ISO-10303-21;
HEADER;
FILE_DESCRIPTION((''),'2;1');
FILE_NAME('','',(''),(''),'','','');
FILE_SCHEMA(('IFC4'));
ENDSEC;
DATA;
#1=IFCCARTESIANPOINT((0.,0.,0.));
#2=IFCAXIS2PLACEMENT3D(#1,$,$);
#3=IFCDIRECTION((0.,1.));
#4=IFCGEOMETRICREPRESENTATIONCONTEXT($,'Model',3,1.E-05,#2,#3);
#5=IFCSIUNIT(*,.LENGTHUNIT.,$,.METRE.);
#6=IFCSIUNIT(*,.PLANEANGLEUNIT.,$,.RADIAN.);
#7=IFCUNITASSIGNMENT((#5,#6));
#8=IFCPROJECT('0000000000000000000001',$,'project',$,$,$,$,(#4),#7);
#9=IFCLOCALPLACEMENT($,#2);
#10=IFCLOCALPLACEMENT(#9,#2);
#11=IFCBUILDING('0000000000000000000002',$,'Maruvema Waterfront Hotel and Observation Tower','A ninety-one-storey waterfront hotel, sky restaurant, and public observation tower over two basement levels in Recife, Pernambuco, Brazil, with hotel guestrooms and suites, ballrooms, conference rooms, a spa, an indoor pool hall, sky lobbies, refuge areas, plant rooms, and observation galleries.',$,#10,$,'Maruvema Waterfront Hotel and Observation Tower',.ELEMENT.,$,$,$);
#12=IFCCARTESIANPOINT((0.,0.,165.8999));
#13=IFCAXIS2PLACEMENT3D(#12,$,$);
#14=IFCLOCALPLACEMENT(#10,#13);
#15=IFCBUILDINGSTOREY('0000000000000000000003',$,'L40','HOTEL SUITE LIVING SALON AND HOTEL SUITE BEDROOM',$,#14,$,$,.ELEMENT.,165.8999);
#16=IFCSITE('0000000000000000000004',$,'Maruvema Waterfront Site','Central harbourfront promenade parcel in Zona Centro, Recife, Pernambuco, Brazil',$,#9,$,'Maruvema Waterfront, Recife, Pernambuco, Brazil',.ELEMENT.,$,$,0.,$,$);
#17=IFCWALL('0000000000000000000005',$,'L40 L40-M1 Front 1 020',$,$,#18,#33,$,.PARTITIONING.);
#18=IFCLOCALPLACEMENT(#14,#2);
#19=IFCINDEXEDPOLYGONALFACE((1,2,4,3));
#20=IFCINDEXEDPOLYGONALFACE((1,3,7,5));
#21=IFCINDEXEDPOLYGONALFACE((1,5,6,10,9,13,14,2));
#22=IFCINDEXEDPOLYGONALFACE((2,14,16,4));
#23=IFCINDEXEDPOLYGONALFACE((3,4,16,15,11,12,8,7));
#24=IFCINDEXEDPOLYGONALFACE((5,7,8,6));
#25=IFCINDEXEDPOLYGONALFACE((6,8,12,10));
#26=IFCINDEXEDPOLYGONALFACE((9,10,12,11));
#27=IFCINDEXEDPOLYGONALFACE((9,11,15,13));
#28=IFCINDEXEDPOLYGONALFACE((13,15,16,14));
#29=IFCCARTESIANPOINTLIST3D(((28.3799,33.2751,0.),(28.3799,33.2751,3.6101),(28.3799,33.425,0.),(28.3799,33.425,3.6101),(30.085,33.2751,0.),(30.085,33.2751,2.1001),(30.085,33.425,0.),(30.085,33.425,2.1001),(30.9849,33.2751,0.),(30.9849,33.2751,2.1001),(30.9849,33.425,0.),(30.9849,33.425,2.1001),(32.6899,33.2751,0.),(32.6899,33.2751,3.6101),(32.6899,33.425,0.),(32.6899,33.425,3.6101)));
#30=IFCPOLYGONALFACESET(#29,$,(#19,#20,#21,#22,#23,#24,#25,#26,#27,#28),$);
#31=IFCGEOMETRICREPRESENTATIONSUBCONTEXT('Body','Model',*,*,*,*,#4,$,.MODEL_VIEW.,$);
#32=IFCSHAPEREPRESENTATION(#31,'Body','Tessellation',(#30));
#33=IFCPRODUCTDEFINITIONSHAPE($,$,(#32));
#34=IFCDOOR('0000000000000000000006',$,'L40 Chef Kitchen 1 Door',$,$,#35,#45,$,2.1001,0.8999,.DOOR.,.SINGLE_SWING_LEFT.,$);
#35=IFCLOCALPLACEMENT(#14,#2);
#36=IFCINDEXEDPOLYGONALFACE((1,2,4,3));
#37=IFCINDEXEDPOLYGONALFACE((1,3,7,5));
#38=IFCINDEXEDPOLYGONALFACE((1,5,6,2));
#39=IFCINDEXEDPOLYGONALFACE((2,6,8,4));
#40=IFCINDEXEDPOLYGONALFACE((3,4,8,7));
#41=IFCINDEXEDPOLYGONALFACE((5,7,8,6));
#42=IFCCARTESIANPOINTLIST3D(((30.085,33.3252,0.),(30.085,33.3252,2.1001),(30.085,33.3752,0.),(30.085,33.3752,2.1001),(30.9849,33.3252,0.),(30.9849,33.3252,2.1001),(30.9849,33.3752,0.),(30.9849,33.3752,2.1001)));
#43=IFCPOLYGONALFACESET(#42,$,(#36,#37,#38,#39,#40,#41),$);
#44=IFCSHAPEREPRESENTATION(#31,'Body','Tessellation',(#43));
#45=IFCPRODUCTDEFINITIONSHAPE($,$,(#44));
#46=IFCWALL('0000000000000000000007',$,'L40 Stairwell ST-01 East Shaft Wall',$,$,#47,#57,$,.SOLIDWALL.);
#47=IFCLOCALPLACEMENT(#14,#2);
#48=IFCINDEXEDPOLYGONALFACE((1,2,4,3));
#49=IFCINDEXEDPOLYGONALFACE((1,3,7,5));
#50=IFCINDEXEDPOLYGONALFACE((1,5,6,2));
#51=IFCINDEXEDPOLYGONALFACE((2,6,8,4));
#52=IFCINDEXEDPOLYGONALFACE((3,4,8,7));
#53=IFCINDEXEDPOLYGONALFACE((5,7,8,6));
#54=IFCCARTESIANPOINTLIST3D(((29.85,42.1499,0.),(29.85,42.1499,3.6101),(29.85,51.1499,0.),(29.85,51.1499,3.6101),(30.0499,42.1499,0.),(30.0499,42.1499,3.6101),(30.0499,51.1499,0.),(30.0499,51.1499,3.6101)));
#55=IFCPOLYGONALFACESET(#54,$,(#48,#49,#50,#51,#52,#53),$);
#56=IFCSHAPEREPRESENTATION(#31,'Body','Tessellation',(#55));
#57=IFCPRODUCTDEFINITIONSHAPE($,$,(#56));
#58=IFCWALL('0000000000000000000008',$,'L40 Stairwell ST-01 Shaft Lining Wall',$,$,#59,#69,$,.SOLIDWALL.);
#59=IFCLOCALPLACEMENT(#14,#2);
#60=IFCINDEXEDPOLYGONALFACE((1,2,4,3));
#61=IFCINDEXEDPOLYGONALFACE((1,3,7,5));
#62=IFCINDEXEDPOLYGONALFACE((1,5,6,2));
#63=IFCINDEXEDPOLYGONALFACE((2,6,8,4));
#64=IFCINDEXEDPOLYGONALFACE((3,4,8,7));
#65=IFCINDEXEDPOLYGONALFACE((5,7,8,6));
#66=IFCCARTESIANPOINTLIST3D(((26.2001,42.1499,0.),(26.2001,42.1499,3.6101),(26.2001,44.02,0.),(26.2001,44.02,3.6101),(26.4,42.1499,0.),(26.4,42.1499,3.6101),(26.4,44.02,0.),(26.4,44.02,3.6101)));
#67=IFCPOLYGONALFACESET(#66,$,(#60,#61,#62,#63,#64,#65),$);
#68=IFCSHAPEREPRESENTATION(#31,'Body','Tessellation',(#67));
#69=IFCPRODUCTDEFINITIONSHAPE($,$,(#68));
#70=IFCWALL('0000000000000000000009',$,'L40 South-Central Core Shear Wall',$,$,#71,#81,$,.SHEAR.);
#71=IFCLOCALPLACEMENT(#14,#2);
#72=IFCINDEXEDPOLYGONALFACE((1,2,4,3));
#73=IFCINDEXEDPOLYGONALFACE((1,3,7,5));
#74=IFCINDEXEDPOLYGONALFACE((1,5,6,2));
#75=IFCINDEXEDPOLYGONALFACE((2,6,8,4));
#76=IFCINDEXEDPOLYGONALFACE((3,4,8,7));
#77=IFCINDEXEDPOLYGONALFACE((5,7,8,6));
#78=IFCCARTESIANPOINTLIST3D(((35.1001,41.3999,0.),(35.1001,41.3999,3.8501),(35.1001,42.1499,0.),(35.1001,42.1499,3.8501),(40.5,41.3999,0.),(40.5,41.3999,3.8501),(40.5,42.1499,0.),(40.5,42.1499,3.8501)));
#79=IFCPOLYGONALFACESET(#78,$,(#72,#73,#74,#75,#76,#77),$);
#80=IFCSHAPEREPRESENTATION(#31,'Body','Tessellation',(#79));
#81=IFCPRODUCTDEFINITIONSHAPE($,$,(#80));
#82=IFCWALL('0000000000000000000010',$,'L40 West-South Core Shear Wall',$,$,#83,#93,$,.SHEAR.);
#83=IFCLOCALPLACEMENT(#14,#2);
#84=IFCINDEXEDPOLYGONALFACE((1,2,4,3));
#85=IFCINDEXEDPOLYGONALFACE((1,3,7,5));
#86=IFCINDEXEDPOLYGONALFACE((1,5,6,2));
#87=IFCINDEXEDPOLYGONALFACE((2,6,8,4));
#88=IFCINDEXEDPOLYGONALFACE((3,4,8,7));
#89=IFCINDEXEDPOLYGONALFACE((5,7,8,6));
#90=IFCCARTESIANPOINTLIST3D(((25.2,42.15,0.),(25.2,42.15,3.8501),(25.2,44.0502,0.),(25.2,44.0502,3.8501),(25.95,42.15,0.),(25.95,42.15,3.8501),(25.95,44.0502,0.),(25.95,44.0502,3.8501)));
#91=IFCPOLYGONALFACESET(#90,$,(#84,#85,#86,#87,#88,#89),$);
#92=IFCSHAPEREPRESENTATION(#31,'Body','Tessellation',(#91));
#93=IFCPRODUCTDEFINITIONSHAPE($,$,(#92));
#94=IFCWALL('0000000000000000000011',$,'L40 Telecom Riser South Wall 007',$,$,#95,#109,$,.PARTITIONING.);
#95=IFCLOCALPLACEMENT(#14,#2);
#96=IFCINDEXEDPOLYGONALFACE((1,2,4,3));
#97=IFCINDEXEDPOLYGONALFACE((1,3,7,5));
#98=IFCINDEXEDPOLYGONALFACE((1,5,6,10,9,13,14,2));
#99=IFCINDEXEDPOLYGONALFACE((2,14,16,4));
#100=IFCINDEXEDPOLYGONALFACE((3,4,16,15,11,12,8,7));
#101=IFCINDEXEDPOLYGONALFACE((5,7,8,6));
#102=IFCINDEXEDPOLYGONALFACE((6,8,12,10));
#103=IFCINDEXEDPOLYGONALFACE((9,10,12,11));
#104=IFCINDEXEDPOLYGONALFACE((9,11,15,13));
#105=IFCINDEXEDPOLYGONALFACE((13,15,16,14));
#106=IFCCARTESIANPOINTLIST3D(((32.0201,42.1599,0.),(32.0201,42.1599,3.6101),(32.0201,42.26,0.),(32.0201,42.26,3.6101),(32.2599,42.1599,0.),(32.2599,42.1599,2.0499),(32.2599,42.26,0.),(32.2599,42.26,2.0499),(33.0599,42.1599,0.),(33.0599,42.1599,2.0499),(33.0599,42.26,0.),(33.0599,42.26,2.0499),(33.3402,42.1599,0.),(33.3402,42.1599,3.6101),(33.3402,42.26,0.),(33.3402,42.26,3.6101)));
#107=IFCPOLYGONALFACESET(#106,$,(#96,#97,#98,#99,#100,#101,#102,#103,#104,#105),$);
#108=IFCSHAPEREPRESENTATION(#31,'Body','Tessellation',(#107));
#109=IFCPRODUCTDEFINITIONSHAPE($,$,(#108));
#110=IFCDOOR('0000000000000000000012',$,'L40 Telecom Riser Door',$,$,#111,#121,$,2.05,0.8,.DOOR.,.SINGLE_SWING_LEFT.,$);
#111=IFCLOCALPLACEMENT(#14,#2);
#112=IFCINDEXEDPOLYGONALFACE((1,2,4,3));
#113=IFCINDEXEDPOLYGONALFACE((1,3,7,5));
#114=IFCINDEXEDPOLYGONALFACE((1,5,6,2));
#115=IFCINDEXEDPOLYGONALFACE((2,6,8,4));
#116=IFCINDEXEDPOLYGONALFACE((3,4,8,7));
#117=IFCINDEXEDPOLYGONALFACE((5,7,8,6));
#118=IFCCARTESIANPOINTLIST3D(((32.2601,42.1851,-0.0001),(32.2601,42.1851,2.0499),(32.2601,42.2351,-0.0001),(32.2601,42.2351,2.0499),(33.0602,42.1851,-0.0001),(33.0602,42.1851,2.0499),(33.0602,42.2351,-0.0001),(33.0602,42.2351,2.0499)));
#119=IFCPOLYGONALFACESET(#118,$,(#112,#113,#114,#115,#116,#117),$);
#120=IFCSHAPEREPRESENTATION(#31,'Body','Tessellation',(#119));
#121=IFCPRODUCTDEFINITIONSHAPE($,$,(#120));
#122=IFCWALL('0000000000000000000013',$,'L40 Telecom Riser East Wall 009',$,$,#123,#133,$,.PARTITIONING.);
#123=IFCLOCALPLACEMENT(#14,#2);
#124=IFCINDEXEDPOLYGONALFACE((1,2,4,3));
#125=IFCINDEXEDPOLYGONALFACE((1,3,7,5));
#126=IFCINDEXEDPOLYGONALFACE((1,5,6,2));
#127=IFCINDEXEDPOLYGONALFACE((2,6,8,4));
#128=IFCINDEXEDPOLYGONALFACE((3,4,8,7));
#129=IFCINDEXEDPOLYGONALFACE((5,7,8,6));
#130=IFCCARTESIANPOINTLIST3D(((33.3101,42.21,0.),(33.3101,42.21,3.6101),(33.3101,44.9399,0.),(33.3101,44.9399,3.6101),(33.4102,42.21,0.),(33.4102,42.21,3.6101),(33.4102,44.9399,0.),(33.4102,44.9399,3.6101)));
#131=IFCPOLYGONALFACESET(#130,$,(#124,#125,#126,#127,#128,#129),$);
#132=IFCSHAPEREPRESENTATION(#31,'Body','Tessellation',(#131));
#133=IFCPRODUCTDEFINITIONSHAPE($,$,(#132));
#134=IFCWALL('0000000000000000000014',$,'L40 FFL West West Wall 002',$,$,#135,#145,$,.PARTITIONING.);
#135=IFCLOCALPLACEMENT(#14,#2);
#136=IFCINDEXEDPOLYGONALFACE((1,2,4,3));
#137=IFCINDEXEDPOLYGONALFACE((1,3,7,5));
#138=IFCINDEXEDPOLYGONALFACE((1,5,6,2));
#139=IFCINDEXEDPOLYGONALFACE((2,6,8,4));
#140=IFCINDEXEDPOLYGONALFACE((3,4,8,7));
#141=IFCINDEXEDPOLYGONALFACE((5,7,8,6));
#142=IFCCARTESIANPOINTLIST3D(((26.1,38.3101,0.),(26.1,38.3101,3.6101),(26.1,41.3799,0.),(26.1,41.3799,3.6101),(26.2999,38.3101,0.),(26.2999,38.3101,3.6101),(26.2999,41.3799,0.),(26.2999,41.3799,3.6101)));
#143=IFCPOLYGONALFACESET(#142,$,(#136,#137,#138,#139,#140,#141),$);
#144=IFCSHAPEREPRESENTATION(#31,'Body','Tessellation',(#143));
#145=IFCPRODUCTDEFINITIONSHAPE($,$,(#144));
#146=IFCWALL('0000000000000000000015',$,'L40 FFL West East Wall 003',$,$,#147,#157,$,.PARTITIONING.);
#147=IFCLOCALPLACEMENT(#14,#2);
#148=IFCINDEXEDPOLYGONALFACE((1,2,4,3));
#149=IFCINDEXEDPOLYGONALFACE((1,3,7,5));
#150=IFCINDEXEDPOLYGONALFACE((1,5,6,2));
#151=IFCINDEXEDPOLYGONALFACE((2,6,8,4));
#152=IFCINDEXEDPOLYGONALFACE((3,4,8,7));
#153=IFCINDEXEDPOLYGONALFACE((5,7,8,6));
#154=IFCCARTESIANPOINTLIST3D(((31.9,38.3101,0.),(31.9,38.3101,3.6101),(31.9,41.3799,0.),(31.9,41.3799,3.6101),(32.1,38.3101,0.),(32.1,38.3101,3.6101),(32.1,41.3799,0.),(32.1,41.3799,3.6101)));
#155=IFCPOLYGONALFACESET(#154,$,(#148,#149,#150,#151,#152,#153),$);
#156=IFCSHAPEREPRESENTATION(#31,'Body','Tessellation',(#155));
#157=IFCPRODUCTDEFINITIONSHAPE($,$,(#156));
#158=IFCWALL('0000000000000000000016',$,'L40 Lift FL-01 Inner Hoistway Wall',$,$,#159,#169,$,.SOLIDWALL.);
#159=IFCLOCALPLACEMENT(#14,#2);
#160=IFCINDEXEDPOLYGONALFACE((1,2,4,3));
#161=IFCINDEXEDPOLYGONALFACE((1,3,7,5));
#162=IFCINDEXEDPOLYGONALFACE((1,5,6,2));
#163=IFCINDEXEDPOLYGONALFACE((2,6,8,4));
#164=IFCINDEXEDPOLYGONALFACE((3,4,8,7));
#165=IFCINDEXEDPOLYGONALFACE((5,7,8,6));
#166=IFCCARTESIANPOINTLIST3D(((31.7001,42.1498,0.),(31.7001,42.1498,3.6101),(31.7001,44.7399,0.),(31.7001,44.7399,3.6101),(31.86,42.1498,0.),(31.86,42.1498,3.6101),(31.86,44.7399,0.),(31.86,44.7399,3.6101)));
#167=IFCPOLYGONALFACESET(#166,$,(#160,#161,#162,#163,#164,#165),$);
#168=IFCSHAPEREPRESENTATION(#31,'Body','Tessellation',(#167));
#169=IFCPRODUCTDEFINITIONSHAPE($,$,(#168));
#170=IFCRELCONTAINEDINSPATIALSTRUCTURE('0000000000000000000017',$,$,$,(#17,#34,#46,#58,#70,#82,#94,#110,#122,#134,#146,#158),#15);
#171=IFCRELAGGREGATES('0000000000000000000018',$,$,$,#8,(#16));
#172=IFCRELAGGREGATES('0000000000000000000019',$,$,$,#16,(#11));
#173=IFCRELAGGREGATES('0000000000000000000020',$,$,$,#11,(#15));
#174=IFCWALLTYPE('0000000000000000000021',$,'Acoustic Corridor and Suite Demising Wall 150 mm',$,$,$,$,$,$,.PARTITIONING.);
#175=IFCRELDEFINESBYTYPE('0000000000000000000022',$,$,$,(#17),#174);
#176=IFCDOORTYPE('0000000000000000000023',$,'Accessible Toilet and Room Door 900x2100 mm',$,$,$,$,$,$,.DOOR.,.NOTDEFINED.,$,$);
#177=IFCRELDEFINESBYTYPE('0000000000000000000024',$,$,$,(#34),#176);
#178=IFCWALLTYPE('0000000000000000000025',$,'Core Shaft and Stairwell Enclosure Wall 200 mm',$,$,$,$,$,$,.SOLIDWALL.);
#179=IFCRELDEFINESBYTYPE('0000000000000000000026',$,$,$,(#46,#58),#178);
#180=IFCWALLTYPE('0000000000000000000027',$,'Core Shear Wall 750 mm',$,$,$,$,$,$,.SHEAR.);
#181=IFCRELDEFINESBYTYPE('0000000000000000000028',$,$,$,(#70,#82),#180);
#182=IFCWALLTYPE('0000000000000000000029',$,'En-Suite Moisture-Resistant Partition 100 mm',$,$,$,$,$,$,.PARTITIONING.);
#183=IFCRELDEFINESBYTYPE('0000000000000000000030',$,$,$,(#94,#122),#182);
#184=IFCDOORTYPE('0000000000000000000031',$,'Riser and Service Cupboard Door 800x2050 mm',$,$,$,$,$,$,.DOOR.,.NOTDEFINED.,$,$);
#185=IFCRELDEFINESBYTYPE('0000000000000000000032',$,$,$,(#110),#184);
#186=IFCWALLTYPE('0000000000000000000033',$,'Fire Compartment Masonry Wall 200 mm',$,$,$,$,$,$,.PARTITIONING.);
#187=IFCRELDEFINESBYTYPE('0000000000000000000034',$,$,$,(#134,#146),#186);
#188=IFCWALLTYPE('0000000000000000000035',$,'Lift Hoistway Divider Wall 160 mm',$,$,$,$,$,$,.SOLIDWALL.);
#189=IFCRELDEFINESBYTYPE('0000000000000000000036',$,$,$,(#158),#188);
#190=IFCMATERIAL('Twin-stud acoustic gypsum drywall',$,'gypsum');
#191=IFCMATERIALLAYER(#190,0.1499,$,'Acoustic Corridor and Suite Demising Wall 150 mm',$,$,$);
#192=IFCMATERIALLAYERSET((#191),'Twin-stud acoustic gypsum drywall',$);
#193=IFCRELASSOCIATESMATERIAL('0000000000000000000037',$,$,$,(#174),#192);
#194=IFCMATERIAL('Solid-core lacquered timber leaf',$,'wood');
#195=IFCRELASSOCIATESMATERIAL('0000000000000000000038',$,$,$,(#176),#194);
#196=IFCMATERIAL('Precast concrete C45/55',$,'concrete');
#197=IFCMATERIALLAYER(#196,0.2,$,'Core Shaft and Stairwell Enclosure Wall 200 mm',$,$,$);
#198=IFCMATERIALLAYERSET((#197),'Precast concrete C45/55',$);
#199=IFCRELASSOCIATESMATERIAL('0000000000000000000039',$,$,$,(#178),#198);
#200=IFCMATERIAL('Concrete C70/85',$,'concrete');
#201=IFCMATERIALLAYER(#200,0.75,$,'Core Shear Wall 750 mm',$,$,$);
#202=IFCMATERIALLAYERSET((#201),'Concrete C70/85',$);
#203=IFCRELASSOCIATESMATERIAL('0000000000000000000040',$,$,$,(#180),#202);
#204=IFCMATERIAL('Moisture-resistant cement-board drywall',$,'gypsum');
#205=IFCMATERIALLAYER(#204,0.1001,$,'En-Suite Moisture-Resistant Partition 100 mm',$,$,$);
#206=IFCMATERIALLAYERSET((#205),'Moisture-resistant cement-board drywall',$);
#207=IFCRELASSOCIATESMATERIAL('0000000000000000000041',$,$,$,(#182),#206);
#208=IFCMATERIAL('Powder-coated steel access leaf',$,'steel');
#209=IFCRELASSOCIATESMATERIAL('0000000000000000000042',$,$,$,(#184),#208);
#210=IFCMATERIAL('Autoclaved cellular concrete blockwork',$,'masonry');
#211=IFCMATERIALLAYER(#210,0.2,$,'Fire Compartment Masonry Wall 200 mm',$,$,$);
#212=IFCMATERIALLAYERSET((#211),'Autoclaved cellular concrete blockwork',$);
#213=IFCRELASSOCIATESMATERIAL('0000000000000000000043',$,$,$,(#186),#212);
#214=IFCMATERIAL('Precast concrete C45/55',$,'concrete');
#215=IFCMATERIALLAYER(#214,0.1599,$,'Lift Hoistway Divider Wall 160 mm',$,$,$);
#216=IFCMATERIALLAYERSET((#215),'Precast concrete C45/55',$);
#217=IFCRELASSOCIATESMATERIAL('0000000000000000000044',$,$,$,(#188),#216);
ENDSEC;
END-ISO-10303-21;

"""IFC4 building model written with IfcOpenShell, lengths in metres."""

from ifc_helpers import new_model, si_unit, direction, frame, frame_2d, origin, place, context, subcontext, project, spatial, rectangle, extrude, material, layer, layer_set, type_object, element, fill, save


model = new_model("IFC4")

# Units and contexts
model_context = context("Model", 3, precision=1e-05, world=origin(), true_north=direction((0.0, 1.0)))
body_context = subcontext(model_context, "Body", "Model", "MODEL_VIEW")
ifc_project = project(units=[si_unit("LENGTHUNIT", "METRE"), si_unit("PLANEANGLEUNIT", "RADIAN")], contexts=[model_context])

# Site, building, storey
site_placement = place(None, origin())
site = spatial("IfcSite", under=ifc_project, at=site_placement, Name="Maruvema Waterfront Site", Description="Central harbourfront promenade parcel in Zona Centro, Recife, Pernambuco, Brazil", LongName="Maruvema Waterfront, Recife, Pernambuco, Brazil", CompositionType="ELEMENT", RefElevation=0.0)
building_placement = place(site_placement, origin())
building = spatial("IfcBuilding", under=site, at=building_placement, Name="Maruvema Waterfront Hotel and Observation Tower", Description="A ninety-one-storey waterfront hotel, sky restaurant, and public observation tower over two basement levels in Recife, Pernambuco, Brazil, with hotel guestrooms and suites, ballrooms, conference rooms, a spa, an indoor pool hall, sky lobbies, refuge areas, plant rooms, and observation galleries.", LongName="Maruvema Waterfront Hotel and Observation Tower", CompositionType="ELEMENT")
storey_placement = place(building_placement, frame((0.0, 0.0, 165.8999)))
storey = spatial("IfcBuildingStorey", under=building, at=storey_placement, Name="L40", Description="HOTEL SUITE LIVING SALON AND HOTEL SUITE BEDROOM", CompositionType="ELEMENT", Elevation=165.8999)

# Shared definitions
ifc_material_1 = material(Name="Twin-stud acoustic gypsum drywall", Category="gypsum")
ifc_layer_1 = layer(ifc_material_1, 0.1499, Name="Acoustic Corridor and Suite Demising Wall 150 mm")
ifc_layer_set_1 = layer_set([ifc_layer_1], Name="Twin-stud acoustic gypsum drywall")
wall_type_1 = type_object("IfcWallType", Name="Acoustic Corridor and Suite Demising Wall 150 mm", PredefinedType="PARTITIONING", material=ifc_layer_set_1)

# Wall, opening, door
wall_1_placement = place(storey_placement, frame((28.3799, 33.3501, 0.0), z_axis=(0.0, 0.0, 1.0), x_axis=(1.0, 0.0, 0.0)))
wall_1 = element("IfcWall", 1, at=wall_1_placement, inside=storey, type_object=wall_type_1, Name="L40 L40-M1 Front 1 020", PredefinedType="PARTITIONING", context=body_context, shape_type="SweptSolid", body=[
    extrude(rectangle(XDim=4.3101, YDim=0.1499, at=frame_2d((2.155, 0.0))), origin(), (0.0, 0.0, 1.0), 3.6101),
])
opening_1_placement = place(wall_1_placement, frame((1.7051, 0.0, 0.0)))
opening_1 = element("IfcOpeningElement", 2, at=opening_1_placement, cuts=wall_1, PredefinedType="OPENING", context=body_context, shape_type="SweptSolid", body=[
    extrude(rectangle(XDim=0.8999, YDim=2.1001, at=frame_2d((0.45, 1.05))), frame((0.0, 0.085, 0.0), z_axis=(0.0, -1.0, 0.0), x_axis=(1.0, 0.0, 0.0)), (0.0, 0.0, 1.0), 0.1699),
])
ifc_material_2 = material(Name="Solid-core lacquered timber leaf", Category="wood")
door_type_1 = type_object("IfcDoorType", Name="Accessible Toilet and Room Door 900x2100 mm", OperationType="NOTDEFINED", PredefinedType="DOOR", material=ifc_material_2)
door_1_placement = place(opening_1_placement, frame((0.8999, 0.0, 0.0), z_axis=(0.0, 0.0, 1.0), x_axis=(-1.0, 0.0, 0.0)))
door_1 = element("IfcDoor", 3, at=door_1_placement, inside=storey, type_object=door_type_1, Name="L40 Chef Kitchen 1 Door", OperationType="SINGLE_SWING_LEFT", OverallHeight=2.1001, OverallWidth=0.8999, PredefinedType="DOOR", context=body_context, shape_type="SweptSolid", body=[
    extrude(rectangle(XDim=0.8999, YDim=2.1001, at=frame_2d((0.45, 1.05))), frame((0.0, 0.0249, 0.0), z_axis=(0.0, -1.0, 0.0), x_axis=(1.0, 0.0, 0.0)), (0.0, 0.0, 1.0), 0.05),
])
fill(opening_1, door_1)

# Walls
ifc_material_3 = material(Name="Precast concrete C45/55", Category="concrete")
ifc_layer_2 = layer(ifc_material_3, 0.2, Name="Core Shaft and Stairwell Enclosure Wall 200 mm")
ifc_layer_set_2 = layer_set([ifc_layer_2], Name="Precast concrete C45/55")
wall_type_2 = type_object("IfcWallType", Name="Core Shaft and Stairwell Enclosure Wall 200 mm", PredefinedType="SOLIDWALL", material=ifc_layer_set_2)
wall_2_placement = place(storey_placement, frame((29.95, 42.1499, 0.0), z_axis=(0.0, 0.0, 1.0), x_axis=(0.0, 1.0, 0.0)))
element("IfcWall", 4, at=wall_2_placement, inside=storey, type_object=wall_type_2, Name="L40 Stairwell ST-01 East Shaft Wall", PredefinedType="SOLIDWALL", context=body_context, shape_type="SweptSolid", body=[
    extrude(rectangle(XDim=9.0, YDim=0.2, at=frame_2d((4.5, 0.0))), origin(), (0.0, 0.0, 1.0), 3.6101),
])
wall_3_placement = place(storey_placement, frame((26.3, 42.1499, 0.0), z_axis=(0.0, 0.0, 1.0), x_axis=(0.0, 1.0, 0.0)))
element("IfcWall", 5, at=wall_3_placement, inside=storey, type_object=wall_type_2, Name="L40 Stairwell ST-01 Shaft Lining Wall", PredefinedType="SOLIDWALL", context=body_context, shape_type="SweptSolid", body=[
    extrude(rectangle(XDim=1.8701, YDim=0.2, at=frame_2d((0.9351, 0.0))), origin(), (0.0, 0.0, 1.0), 3.6101),
])
ifc_material_4 = material(Name="Concrete C70/85", Category="concrete")
ifc_layer_3 = layer(ifc_material_4, 0.75, Name="Core Shear Wall 750 mm")
ifc_layer_set_3 = layer_set([ifc_layer_3], Name="Concrete C70/85")
wall_type_3 = type_object("IfcWallType", Name="Core Shear Wall 750 mm", PredefinedType="SHEAR", material=ifc_layer_set_3)
wall_4_placement = place(storey_placement, frame((35.1001, 41.7749, 0.0), z_axis=(0.0, 0.0, 1.0), x_axis=(1.0, 0.0, 0.0)))
element("IfcWall", 6, at=wall_4_placement, inside=storey, type_object=wall_type_3, Name="L40 South-Central Core Shear Wall", PredefinedType="SHEAR", context=body_context, shape_type="SweptSolid", body=[
    extrude(rectangle(XDim=5.3999, YDim=0.75, at=frame_2d((2.7, 0.0))), origin(), (0.0, 0.0, 1.0), 3.8501),
])
wall_5_placement = place(storey_placement, frame((25.575, 42.1499, 0.0), z_axis=(0.0, 0.0, 1.0), x_axis=(0.0, 1.0, 0.0)))
element("IfcWall", 7, at=wall_5_placement, inside=storey, type_object=wall_type_3, Name="L40 West-South Core Shear Wall", PredefinedType="SHEAR", context=body_context, shape_type="SweptSolid", body=[
    extrude(rectangle(XDim=1.9001, YDim=0.75, at=frame_2d((0.9502, 0.0))), origin(), (0.0, 0.0, 1.0), 3.8501),
])

# Wall, opening, door
ifc_material_5 = material(Name="Moisture-resistant cement-board drywall", Category="gypsum")
ifc_layer_4 = layer(ifc_material_5, 0.1001, Name="En-Suite Moisture-Resistant Partition 100 mm")
ifc_layer_set_4 = layer_set([ifc_layer_4], Name="Moisture-resistant cement-board drywall")
wall_type_4 = type_object("IfcWallType", Name="En-Suite Moisture-Resistant Partition 100 mm", PredefinedType="PARTITIONING", material=ifc_layer_set_4)
wall_6_placement = place(storey_placement, frame((32.02, 42.21, 0.0), z_axis=(0.0, 0.0, 1.0), x_axis=(1.0, 0.0, 0.0)))
wall_6 = element("IfcWall", 8, at=wall_6_placement, inside=storey, type_object=wall_type_4, Name="L40 Telecom Riser South Wall 007", PredefinedType="PARTITIONING", context=body_context, shape_type="SweptSolid", body=[
    extrude(rectangle(XDim=1.3201, YDim=0.1001, at=frame_2d((0.6602, 0.0))), origin(), (0.0, 0.0, 1.0), 3.6101),
])
opening_2_placement = place(wall_6_placement, frame((0.24, 0.0, 0.0)))
opening_2 = element("IfcOpeningElement", 9, at=opening_2_placement, cuts=wall_6, PredefinedType="OPENING", context=body_context, shape_type="SweptSolid", body=[
    extrude(rectangle(XDim=0.8, YDim=2.05, at=frame_2d((0.3999, 1.0249))), frame((0.0, 0.0601, 0.0), z_axis=(0.0, -1.0, 0.0), x_axis=(1.0, 0.0, 0.0)), (0.0, 0.0, 1.0), 0.1201),
])
ifc_material_6 = material(Name="Powder-coated steel access leaf", Category="steel")
door_type_2 = type_object("IfcDoorType", Name="Riser and Service Cupboard Door 800x2050 mm", OperationType="NOTDEFINED", PredefinedType="DOOR", material=ifc_material_6)
door_2_placement = place(opening_2_placement, frame((0.8, 0.0, 0.0), z_axis=(0.0, 0.0, 1.0), x_axis=(-1.0, 0.0, 0.0)))
door_2 = element("IfcDoor", 10, at=door_2_placement, inside=storey, type_object=door_type_2, Name="L40 Telecom Riser Door", OperationType="SINGLE_SWING_LEFT", OverallHeight=2.05, OverallWidth=0.8, PredefinedType="DOOR", context=body_context, shape_type="SweptSolid", body=[
    extrude(rectangle(XDim=0.8, YDim=2.05, at=frame_2d((0.3999, 1.0249))), frame((0.0, 0.0249, 0.0), z_axis=(0.0, -1.0, 0.0), x_axis=(1.0, 0.0, 0.0)), (0.0, 0.0, 1.0), 0.05),
])
fill(opening_2, door_2)

# Wall
wall_7_placement = place(storey_placement, frame((33.3601, 42.21, 0.0), z_axis=(0.0, 0.0, 1.0), x_axis=(0.0, 1.0, 0.0)))
element("IfcWall", 11, at=wall_7_placement, inside=storey, type_object=wall_type_4, Name="L40 Telecom Riser East Wall 009", PredefinedType="PARTITIONING", context=body_context, shape_type="SweptSolid", body=[
    extrude(rectangle(XDim=2.73, YDim=0.1001, at=frame_2d((1.365, 0.0))), origin(), (0.0, 0.0, 1.0), 3.6101),
])

# Shared definitions
ifc_material_7 = material(Name="Autoclaved cellular concrete blockwork", Category="masonry")
ifc_layer_5 = layer(ifc_material_7, 0.2, Name="Fire Compartment Masonry Wall 200 mm")
ifc_layer_set_5 = layer_set([ifc_layer_5], Name="Autoclaved cellular concrete blockwork")
wall_type_5 = type_object("IfcWallType", Name="Fire Compartment Masonry Wall 200 mm", PredefinedType="PARTITIONING", material=ifc_layer_set_5)

# Walls
for number, where, z_axis, x_axis, name in (
    (12, (26.2, 38.3101, 0.0), (0.0, 0.0, 1.0), (0.0, 1.0, 0.0), "L40 FFL West West Wall 002"),
    (13, (32.0, 38.3101, 0.0), (0.0, 0.0, 1.0), (0.0, 1.0, 0.0), "L40 FFL West East Wall 003"),
):
    element("IfcWall", number, at=place(storey_placement, frame(where, z_axis=z_axis, x_axis=x_axis)), inside=storey, type_object=wall_type_5, Name=name, PredefinedType="PARTITIONING", context=body_context, shape_type="SweptSolid", body=[
        extrude(rectangle(XDim=3.0698, YDim=0.2, at=frame_2d((1.5349, 0.0))), origin(), (0.0, 0.0, 1.0), 3.6101),
    ])
ifc_material_8 = material(Name="Precast concrete C45/55", Category="concrete")
ifc_layer_6 = layer(ifc_material_8, 0.1599, Name="Lift Hoistway Divider Wall 160 mm")
ifc_layer_set_6 = layer_set([ifc_layer_6], Name="Precast concrete C45/55")
wall_type_6 = type_object("IfcWallType", Name="Lift Hoistway Divider Wall 160 mm", PredefinedType="SOLIDWALL", material=ifc_layer_set_6)
wall_8_placement = place(storey_placement, frame((31.78, 42.1499, 0.0), z_axis=(0.0, 0.0, 1.0), x_axis=(0.0, 1.0, 0.0)))
element("IfcWall", 14, at=wall_8_placement, inside=storey, type_object=wall_type_6, Name="L40 Lift FL-01 Inner Hoistway Wall", PredefinedType="SOLIDWALL", context=body_context, shape_type="SweptSolid", body=[
    extrude(rectangle(XDim=2.5901, YDim=0.1599, at=frame_2d((1.2949, 0.0))), origin(), (0.0, 0.0, 1.0), 3.6101),
])

save(model, "model.ifc")
